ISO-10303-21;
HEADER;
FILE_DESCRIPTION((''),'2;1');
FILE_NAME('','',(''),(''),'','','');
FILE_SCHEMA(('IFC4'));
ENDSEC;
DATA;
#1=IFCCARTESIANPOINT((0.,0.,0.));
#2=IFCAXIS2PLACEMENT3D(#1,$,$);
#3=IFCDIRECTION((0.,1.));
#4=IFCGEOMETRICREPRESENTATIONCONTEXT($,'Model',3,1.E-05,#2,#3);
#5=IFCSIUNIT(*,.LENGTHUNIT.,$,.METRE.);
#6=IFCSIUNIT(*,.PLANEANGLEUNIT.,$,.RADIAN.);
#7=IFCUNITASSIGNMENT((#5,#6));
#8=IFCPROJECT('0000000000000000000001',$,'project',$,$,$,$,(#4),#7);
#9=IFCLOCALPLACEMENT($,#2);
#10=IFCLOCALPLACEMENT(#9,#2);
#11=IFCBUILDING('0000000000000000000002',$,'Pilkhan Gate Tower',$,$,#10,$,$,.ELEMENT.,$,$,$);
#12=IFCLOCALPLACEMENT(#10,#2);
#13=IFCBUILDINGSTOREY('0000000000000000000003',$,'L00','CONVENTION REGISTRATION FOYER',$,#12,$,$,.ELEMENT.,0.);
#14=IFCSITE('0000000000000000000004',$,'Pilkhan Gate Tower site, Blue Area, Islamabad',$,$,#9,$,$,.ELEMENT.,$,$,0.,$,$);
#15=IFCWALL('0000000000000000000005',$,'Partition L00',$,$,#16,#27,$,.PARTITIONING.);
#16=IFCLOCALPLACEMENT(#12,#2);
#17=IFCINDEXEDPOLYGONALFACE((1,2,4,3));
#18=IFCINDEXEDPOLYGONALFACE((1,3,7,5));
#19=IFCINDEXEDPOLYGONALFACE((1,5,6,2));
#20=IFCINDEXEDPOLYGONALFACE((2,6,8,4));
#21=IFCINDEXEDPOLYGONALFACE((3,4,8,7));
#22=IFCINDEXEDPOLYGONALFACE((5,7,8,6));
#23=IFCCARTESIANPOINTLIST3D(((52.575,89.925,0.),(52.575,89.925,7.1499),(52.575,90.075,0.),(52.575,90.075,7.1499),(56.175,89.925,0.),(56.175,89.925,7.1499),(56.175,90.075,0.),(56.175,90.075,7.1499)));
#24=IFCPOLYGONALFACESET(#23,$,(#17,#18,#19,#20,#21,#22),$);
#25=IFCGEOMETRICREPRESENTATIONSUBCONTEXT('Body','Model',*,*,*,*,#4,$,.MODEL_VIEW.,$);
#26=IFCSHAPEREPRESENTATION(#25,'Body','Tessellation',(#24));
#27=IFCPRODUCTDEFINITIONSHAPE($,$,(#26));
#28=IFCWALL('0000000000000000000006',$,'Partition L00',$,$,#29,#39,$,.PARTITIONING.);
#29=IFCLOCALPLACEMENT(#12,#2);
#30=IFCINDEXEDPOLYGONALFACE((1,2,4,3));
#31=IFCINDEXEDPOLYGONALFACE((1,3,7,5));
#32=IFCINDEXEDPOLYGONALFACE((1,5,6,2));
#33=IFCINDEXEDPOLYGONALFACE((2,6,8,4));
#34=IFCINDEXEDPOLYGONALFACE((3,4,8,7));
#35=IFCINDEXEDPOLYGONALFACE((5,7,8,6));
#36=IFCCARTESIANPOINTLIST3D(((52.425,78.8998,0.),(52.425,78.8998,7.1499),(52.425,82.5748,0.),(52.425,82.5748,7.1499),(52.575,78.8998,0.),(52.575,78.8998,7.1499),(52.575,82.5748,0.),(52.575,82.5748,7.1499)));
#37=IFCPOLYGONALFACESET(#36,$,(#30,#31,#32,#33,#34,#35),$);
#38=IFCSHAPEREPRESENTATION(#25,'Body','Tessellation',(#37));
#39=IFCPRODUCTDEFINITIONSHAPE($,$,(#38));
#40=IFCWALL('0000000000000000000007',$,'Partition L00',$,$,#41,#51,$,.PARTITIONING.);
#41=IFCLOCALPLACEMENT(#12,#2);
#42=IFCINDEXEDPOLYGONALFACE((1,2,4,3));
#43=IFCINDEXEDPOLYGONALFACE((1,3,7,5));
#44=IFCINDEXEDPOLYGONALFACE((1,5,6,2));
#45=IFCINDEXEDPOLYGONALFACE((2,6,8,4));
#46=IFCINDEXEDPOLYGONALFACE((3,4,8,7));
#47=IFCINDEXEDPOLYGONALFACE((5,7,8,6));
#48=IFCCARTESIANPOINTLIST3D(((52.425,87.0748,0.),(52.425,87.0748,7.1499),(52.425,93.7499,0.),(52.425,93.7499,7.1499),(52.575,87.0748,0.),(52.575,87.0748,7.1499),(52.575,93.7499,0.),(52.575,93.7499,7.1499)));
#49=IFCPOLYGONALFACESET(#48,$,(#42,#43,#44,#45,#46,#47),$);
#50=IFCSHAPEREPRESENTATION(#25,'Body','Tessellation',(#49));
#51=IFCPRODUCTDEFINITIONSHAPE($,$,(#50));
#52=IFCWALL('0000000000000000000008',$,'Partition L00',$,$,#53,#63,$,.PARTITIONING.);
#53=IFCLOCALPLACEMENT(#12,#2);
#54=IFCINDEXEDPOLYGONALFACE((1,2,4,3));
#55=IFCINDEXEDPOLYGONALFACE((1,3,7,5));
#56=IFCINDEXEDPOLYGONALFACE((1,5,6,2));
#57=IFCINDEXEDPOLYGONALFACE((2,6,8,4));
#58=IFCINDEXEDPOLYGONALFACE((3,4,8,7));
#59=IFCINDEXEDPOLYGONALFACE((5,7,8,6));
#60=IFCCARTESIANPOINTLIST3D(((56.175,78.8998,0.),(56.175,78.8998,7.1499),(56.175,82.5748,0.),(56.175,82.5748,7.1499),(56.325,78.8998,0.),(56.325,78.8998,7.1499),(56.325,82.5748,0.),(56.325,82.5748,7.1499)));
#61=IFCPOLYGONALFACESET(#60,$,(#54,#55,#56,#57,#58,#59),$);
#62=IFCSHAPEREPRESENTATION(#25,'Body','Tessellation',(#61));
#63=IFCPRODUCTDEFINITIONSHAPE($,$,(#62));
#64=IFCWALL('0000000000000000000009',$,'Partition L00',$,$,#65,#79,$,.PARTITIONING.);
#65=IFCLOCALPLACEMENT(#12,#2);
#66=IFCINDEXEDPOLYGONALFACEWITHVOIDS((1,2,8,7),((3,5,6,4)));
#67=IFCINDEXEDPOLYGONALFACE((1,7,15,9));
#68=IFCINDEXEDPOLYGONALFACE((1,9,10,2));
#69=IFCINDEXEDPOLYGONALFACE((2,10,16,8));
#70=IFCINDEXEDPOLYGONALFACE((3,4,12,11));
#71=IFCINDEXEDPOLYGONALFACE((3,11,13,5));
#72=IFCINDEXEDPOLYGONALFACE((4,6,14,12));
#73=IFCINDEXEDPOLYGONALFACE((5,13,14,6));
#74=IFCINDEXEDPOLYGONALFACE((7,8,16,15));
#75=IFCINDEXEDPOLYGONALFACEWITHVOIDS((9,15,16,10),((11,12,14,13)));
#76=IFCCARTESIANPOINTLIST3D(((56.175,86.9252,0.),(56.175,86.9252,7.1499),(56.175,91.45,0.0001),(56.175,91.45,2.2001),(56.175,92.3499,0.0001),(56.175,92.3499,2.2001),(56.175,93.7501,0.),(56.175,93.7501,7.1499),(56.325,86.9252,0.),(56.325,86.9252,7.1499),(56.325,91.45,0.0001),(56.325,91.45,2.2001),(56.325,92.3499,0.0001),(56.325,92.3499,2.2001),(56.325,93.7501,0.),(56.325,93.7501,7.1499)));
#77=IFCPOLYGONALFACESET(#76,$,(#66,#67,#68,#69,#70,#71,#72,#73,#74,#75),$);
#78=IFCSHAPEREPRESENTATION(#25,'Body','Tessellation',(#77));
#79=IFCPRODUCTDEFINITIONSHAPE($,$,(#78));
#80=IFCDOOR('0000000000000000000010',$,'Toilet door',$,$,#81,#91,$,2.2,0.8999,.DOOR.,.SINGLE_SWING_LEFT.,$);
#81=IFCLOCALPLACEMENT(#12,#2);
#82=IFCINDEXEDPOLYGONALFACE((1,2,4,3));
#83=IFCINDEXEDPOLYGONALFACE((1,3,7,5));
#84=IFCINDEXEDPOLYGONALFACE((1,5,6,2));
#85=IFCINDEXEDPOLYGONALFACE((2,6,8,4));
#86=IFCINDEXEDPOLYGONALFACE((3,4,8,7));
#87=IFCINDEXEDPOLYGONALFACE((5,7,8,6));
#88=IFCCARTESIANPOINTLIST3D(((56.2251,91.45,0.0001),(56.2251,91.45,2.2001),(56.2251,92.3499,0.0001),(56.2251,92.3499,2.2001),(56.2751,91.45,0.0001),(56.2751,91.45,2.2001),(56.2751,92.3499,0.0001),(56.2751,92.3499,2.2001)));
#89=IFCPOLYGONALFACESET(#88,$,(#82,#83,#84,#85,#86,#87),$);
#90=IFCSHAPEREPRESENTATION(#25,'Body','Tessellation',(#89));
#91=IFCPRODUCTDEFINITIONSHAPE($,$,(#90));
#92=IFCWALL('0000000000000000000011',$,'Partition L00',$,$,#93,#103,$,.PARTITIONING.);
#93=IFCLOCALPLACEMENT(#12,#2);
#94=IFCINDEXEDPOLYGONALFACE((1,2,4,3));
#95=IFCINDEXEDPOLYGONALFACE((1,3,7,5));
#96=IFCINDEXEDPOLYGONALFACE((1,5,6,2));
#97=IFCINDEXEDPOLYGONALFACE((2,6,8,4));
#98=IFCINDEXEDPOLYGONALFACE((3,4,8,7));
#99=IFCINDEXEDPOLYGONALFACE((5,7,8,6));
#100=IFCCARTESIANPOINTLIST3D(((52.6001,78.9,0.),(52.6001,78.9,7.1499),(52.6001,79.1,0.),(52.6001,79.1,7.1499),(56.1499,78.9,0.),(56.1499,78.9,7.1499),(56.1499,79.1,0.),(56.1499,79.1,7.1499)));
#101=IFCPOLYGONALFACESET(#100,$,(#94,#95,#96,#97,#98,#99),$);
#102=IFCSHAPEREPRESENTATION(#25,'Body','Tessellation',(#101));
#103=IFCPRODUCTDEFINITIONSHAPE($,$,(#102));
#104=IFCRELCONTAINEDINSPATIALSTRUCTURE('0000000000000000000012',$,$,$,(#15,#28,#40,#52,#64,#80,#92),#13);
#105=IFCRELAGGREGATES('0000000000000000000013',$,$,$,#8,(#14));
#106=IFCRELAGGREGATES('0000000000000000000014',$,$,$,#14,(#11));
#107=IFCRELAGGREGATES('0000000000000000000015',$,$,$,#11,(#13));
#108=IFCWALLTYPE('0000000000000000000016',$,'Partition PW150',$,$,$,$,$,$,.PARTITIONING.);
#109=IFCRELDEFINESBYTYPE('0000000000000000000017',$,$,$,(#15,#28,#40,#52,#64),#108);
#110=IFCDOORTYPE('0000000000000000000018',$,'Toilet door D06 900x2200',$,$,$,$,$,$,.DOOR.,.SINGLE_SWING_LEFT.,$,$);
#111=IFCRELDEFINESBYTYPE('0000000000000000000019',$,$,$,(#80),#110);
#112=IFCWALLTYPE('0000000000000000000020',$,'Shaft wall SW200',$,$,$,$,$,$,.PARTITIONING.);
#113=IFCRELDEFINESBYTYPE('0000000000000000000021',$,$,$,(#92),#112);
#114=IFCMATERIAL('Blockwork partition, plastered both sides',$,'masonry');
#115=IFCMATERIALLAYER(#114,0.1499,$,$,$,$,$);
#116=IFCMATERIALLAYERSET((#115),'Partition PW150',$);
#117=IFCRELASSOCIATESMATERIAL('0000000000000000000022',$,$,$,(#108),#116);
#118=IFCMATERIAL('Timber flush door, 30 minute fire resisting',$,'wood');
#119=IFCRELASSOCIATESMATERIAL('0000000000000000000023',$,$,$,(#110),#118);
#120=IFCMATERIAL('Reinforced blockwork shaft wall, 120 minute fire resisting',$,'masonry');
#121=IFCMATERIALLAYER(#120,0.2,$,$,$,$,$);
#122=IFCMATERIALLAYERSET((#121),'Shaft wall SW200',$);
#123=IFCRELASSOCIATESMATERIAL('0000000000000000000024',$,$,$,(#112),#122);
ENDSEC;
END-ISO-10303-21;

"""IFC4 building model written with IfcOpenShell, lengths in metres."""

from ifc_helpers import new_model, si_unit, direction, frame, frame_2d, origin, place, context, subcontext, project, spatial, rectangle, extrude, material, layer, layer_set, type_object, element, fill, save


model = new_model("IFC4")

# Units and contexts
model_context = context("Model", 3, precision=1e-05, world=origin(), true_north=direction((0.0, 1.0)))
body_context = subcontext(model_context, "Body", "Model", "MODEL_VIEW")
ifc_project = project(units=[si_unit("LENGTHUNIT", "METRE"), si_unit("PLANEANGLEUNIT", "RADIAN")], contexts=[model_context])

# Site, building, storey
site_placement = place(None, origin())
site = spatial("IfcSite", under=ifc_project, at=site_placement, Name="Pilkhan Gate Tower site, Blue Area, Islamabad", CompositionType="ELEMENT", RefElevation=0.0)
building_placement = place(site_placement, origin())
building = spatial("IfcBuilding", under=site, at=building_placement, Name="Pilkhan Gate Tower", CompositionType="ELEMENT")
storey_placement = place(building_placement, origin())
storey = spatial("IfcBuildingStorey", under=building, at=storey_placement, Name="L00", Description="CONVENTION REGISTRATION FOYER", CompositionType="ELEMENT", Elevation=0.0)

# Shared definitions
ifc_material_1 = material(Name="Blockwork partition, plastered both sides", Category="masonry")
ifc_layer_1 = layer(ifc_material_1, 0.1499)
ifc_layer_set_1 = layer_set([ifc_layer_1], Name="Partition PW150")
wall_type_1 = type_object("IfcWallType", Name="Partition PW150", PredefinedType="PARTITIONING", material=ifc_layer_set_1)

# Shared definitions
ifc_material_2 = material(Name="Timber flush door, 30 minute fire resisting", Category="wood")
door_type_1 = type_object("IfcDoorType", Name="Toilet door D06 900x2200", OperationType="SINGLE_SWING_LEFT", PredefinedType="DOOR", material=ifc_material_2)

# Walls
wall_1_placement = place(storey_placement, frame((52.575, 90.0, 0.0), z_axis=(0.0, 0.0, 1.0), x_axis=(1.0, 0.0, 0.0)))
element("IfcWall", 1, at=wall_1_placement, inside=storey, type_object=wall_type_1, Name="Partition L00", PredefinedType="PARTITIONING", context=body_context, shape_type="SweptSolid", body=[
    extrude(rectangle(XDim=3.6001, YDim=0.1499, at=frame_2d((1.8, 0.0))), origin(), (0.0, 0.0, 1.0), 7.1499),
])
wall_2_placement = place(storey_placement, frame((52.5, 78.8999, 0.0), z_axis=(0.0, 0.0, 1.0), x_axis=(0.0, 1.0, 0.0)))
element("IfcWall", 2, at=wall_2_placement, inside=storey, type_object=wall_type_1, Name="Partition L00", PredefinedType="PARTITIONING", context=body_context, shape_type="SweptSolid", body=[
    extrude(rectangle(XDim=3.675, YDim=0.1499, at=frame_2d((1.8374, 0.0))), origin(), (0.0, 0.0, 1.0), 7.1499),
])
wall_3_placement = place(storey_placement, frame((52.5, 87.075, 0.0), z_axis=(0.0, 0.0, 1.0), x_axis=(0.0, 1.0, 0.0)))
element("IfcWall", 3, at=wall_3_placement, inside=storey, type_object=wall_type_1, Name="Partition L00", PredefinedType="PARTITIONING", context=body_context, shape_type="SweptSolid", body=[
    extrude(rectangle(XDim=6.675, YDim=0.1499, at=frame_2d((3.3374, 0.0))), origin(), (0.0, 0.0, 1.0), 7.1499),
])
wall_4_placement = place(storey_placement, frame((56.25, 78.8999, 0.0), z_axis=(0.0, 0.0, 1.0), x_axis=(0.0, 1.0, 0.0)))
element("IfcWall", 4, at=wall_4_placement, inside=storey, type_object=wall_type_1, Name="Partition L00", PredefinedType="PARTITIONING", context=body_context, shape_type="SweptSolid", body=[
    extrude(rectangle(XDim=3.675, YDim=0.1499, at=frame_2d((1.8374, 0.0))), origin(), (0.0, 0.0, 1.0), 7.1499),
])

# Wall, opening, door
wall_5_placement = place(storey_placement, frame((56.25, 86.925, 0.0), z_axis=(0.0, 0.0, 1.0), x_axis=(0.0, 1.0, 0.0)))
wall_5 = element("IfcWall", 5, at=wall_5_placement, inside=storey, type_object=wall_type_1, Name="Partition L00", PredefinedType="PARTITIONING", context=body_context, shape_type="SweptSolid", body=[
    extrude(rectangle(XDim=6.825, YDim=0.1499, at=frame_2d((3.4126, 0.0))), origin(), (0.0, 0.0, 1.0), 7.1499),
])
opening_1_placement = place(wall_5_placement, frame((4.5249, 0.0, 0.0)))
opening_1 = element("IfcOpeningElement", 6, at=opening_1_placement, cuts=wall_5, PredefinedType="OPENING", context=body_context, shape_type="SweptSolid", body=[
    extrude(rectangle(XDim=0.8999, YDim=2.2, at=frame_2d((0.45, 1.1001))), frame((0.0, 0.085, 0.0), z_axis=(0.0, -1.0, 0.0), x_axis=(1.0, 0.0, 0.0)), (0.0, 0.0, 1.0), 0.1699),
])
door_1_placement = place(opening_1_placement, origin())
door_1 = element("IfcDoor", 7, at=door_1_placement, inside=storey, type_object=door_type_1, Name="Toilet door", OperationType="SINGLE_SWING_LEFT", OverallHeight=2.2, OverallWidth=0.8999, PredefinedType="DOOR", context=body_context, shape_type="SweptSolid", body=[
    extrude(rectangle(XDim=0.8999, YDim=2.2, at=frame_2d((0.45, 1.1001))), frame((0.0, 0.0249, 0.0), z_axis=(0.0, -1.0, 0.0), x_axis=(1.0, 0.0, 0.0)), (0.0, 0.0, 1.0), 0.05),
])
fill(opening_1, door_1)

# Wall
ifc_material_3 = material(Name="Reinforced blockwork shaft wall, 120 minute fire resisting", Category="masonry")
ifc_layer_2 = layer(ifc_material_3, 0.2)
ifc_layer_set_2 = layer_set([ifc_layer_2], Name="Shaft wall SW200")
wall_type_2 = type_object("IfcWallType", Name="Shaft wall SW200", PredefinedType="PARTITIONING", material=ifc_layer_set_2)
wall_6_placement = place(storey_placement, frame((52.6001, 79.0, 0.0), z_axis=(0.0, 0.0, 1.0), x_axis=(1.0, 0.0, 0.0)))
element("IfcWall", 8, at=wall_6_placement, inside=storey, type_object=wall_type_2, Name="Partition L00", PredefinedType="PARTITIONING", context=body_context, shape_type="SweptSolid", body=[
    extrude(rectangle(XDim=3.5498, YDim=0.2, at=frame_2d((1.7749, 0.0))), origin(), (0.0, 0.0, 1.0), 7.1499),
])

save(model, "model.ifc")
